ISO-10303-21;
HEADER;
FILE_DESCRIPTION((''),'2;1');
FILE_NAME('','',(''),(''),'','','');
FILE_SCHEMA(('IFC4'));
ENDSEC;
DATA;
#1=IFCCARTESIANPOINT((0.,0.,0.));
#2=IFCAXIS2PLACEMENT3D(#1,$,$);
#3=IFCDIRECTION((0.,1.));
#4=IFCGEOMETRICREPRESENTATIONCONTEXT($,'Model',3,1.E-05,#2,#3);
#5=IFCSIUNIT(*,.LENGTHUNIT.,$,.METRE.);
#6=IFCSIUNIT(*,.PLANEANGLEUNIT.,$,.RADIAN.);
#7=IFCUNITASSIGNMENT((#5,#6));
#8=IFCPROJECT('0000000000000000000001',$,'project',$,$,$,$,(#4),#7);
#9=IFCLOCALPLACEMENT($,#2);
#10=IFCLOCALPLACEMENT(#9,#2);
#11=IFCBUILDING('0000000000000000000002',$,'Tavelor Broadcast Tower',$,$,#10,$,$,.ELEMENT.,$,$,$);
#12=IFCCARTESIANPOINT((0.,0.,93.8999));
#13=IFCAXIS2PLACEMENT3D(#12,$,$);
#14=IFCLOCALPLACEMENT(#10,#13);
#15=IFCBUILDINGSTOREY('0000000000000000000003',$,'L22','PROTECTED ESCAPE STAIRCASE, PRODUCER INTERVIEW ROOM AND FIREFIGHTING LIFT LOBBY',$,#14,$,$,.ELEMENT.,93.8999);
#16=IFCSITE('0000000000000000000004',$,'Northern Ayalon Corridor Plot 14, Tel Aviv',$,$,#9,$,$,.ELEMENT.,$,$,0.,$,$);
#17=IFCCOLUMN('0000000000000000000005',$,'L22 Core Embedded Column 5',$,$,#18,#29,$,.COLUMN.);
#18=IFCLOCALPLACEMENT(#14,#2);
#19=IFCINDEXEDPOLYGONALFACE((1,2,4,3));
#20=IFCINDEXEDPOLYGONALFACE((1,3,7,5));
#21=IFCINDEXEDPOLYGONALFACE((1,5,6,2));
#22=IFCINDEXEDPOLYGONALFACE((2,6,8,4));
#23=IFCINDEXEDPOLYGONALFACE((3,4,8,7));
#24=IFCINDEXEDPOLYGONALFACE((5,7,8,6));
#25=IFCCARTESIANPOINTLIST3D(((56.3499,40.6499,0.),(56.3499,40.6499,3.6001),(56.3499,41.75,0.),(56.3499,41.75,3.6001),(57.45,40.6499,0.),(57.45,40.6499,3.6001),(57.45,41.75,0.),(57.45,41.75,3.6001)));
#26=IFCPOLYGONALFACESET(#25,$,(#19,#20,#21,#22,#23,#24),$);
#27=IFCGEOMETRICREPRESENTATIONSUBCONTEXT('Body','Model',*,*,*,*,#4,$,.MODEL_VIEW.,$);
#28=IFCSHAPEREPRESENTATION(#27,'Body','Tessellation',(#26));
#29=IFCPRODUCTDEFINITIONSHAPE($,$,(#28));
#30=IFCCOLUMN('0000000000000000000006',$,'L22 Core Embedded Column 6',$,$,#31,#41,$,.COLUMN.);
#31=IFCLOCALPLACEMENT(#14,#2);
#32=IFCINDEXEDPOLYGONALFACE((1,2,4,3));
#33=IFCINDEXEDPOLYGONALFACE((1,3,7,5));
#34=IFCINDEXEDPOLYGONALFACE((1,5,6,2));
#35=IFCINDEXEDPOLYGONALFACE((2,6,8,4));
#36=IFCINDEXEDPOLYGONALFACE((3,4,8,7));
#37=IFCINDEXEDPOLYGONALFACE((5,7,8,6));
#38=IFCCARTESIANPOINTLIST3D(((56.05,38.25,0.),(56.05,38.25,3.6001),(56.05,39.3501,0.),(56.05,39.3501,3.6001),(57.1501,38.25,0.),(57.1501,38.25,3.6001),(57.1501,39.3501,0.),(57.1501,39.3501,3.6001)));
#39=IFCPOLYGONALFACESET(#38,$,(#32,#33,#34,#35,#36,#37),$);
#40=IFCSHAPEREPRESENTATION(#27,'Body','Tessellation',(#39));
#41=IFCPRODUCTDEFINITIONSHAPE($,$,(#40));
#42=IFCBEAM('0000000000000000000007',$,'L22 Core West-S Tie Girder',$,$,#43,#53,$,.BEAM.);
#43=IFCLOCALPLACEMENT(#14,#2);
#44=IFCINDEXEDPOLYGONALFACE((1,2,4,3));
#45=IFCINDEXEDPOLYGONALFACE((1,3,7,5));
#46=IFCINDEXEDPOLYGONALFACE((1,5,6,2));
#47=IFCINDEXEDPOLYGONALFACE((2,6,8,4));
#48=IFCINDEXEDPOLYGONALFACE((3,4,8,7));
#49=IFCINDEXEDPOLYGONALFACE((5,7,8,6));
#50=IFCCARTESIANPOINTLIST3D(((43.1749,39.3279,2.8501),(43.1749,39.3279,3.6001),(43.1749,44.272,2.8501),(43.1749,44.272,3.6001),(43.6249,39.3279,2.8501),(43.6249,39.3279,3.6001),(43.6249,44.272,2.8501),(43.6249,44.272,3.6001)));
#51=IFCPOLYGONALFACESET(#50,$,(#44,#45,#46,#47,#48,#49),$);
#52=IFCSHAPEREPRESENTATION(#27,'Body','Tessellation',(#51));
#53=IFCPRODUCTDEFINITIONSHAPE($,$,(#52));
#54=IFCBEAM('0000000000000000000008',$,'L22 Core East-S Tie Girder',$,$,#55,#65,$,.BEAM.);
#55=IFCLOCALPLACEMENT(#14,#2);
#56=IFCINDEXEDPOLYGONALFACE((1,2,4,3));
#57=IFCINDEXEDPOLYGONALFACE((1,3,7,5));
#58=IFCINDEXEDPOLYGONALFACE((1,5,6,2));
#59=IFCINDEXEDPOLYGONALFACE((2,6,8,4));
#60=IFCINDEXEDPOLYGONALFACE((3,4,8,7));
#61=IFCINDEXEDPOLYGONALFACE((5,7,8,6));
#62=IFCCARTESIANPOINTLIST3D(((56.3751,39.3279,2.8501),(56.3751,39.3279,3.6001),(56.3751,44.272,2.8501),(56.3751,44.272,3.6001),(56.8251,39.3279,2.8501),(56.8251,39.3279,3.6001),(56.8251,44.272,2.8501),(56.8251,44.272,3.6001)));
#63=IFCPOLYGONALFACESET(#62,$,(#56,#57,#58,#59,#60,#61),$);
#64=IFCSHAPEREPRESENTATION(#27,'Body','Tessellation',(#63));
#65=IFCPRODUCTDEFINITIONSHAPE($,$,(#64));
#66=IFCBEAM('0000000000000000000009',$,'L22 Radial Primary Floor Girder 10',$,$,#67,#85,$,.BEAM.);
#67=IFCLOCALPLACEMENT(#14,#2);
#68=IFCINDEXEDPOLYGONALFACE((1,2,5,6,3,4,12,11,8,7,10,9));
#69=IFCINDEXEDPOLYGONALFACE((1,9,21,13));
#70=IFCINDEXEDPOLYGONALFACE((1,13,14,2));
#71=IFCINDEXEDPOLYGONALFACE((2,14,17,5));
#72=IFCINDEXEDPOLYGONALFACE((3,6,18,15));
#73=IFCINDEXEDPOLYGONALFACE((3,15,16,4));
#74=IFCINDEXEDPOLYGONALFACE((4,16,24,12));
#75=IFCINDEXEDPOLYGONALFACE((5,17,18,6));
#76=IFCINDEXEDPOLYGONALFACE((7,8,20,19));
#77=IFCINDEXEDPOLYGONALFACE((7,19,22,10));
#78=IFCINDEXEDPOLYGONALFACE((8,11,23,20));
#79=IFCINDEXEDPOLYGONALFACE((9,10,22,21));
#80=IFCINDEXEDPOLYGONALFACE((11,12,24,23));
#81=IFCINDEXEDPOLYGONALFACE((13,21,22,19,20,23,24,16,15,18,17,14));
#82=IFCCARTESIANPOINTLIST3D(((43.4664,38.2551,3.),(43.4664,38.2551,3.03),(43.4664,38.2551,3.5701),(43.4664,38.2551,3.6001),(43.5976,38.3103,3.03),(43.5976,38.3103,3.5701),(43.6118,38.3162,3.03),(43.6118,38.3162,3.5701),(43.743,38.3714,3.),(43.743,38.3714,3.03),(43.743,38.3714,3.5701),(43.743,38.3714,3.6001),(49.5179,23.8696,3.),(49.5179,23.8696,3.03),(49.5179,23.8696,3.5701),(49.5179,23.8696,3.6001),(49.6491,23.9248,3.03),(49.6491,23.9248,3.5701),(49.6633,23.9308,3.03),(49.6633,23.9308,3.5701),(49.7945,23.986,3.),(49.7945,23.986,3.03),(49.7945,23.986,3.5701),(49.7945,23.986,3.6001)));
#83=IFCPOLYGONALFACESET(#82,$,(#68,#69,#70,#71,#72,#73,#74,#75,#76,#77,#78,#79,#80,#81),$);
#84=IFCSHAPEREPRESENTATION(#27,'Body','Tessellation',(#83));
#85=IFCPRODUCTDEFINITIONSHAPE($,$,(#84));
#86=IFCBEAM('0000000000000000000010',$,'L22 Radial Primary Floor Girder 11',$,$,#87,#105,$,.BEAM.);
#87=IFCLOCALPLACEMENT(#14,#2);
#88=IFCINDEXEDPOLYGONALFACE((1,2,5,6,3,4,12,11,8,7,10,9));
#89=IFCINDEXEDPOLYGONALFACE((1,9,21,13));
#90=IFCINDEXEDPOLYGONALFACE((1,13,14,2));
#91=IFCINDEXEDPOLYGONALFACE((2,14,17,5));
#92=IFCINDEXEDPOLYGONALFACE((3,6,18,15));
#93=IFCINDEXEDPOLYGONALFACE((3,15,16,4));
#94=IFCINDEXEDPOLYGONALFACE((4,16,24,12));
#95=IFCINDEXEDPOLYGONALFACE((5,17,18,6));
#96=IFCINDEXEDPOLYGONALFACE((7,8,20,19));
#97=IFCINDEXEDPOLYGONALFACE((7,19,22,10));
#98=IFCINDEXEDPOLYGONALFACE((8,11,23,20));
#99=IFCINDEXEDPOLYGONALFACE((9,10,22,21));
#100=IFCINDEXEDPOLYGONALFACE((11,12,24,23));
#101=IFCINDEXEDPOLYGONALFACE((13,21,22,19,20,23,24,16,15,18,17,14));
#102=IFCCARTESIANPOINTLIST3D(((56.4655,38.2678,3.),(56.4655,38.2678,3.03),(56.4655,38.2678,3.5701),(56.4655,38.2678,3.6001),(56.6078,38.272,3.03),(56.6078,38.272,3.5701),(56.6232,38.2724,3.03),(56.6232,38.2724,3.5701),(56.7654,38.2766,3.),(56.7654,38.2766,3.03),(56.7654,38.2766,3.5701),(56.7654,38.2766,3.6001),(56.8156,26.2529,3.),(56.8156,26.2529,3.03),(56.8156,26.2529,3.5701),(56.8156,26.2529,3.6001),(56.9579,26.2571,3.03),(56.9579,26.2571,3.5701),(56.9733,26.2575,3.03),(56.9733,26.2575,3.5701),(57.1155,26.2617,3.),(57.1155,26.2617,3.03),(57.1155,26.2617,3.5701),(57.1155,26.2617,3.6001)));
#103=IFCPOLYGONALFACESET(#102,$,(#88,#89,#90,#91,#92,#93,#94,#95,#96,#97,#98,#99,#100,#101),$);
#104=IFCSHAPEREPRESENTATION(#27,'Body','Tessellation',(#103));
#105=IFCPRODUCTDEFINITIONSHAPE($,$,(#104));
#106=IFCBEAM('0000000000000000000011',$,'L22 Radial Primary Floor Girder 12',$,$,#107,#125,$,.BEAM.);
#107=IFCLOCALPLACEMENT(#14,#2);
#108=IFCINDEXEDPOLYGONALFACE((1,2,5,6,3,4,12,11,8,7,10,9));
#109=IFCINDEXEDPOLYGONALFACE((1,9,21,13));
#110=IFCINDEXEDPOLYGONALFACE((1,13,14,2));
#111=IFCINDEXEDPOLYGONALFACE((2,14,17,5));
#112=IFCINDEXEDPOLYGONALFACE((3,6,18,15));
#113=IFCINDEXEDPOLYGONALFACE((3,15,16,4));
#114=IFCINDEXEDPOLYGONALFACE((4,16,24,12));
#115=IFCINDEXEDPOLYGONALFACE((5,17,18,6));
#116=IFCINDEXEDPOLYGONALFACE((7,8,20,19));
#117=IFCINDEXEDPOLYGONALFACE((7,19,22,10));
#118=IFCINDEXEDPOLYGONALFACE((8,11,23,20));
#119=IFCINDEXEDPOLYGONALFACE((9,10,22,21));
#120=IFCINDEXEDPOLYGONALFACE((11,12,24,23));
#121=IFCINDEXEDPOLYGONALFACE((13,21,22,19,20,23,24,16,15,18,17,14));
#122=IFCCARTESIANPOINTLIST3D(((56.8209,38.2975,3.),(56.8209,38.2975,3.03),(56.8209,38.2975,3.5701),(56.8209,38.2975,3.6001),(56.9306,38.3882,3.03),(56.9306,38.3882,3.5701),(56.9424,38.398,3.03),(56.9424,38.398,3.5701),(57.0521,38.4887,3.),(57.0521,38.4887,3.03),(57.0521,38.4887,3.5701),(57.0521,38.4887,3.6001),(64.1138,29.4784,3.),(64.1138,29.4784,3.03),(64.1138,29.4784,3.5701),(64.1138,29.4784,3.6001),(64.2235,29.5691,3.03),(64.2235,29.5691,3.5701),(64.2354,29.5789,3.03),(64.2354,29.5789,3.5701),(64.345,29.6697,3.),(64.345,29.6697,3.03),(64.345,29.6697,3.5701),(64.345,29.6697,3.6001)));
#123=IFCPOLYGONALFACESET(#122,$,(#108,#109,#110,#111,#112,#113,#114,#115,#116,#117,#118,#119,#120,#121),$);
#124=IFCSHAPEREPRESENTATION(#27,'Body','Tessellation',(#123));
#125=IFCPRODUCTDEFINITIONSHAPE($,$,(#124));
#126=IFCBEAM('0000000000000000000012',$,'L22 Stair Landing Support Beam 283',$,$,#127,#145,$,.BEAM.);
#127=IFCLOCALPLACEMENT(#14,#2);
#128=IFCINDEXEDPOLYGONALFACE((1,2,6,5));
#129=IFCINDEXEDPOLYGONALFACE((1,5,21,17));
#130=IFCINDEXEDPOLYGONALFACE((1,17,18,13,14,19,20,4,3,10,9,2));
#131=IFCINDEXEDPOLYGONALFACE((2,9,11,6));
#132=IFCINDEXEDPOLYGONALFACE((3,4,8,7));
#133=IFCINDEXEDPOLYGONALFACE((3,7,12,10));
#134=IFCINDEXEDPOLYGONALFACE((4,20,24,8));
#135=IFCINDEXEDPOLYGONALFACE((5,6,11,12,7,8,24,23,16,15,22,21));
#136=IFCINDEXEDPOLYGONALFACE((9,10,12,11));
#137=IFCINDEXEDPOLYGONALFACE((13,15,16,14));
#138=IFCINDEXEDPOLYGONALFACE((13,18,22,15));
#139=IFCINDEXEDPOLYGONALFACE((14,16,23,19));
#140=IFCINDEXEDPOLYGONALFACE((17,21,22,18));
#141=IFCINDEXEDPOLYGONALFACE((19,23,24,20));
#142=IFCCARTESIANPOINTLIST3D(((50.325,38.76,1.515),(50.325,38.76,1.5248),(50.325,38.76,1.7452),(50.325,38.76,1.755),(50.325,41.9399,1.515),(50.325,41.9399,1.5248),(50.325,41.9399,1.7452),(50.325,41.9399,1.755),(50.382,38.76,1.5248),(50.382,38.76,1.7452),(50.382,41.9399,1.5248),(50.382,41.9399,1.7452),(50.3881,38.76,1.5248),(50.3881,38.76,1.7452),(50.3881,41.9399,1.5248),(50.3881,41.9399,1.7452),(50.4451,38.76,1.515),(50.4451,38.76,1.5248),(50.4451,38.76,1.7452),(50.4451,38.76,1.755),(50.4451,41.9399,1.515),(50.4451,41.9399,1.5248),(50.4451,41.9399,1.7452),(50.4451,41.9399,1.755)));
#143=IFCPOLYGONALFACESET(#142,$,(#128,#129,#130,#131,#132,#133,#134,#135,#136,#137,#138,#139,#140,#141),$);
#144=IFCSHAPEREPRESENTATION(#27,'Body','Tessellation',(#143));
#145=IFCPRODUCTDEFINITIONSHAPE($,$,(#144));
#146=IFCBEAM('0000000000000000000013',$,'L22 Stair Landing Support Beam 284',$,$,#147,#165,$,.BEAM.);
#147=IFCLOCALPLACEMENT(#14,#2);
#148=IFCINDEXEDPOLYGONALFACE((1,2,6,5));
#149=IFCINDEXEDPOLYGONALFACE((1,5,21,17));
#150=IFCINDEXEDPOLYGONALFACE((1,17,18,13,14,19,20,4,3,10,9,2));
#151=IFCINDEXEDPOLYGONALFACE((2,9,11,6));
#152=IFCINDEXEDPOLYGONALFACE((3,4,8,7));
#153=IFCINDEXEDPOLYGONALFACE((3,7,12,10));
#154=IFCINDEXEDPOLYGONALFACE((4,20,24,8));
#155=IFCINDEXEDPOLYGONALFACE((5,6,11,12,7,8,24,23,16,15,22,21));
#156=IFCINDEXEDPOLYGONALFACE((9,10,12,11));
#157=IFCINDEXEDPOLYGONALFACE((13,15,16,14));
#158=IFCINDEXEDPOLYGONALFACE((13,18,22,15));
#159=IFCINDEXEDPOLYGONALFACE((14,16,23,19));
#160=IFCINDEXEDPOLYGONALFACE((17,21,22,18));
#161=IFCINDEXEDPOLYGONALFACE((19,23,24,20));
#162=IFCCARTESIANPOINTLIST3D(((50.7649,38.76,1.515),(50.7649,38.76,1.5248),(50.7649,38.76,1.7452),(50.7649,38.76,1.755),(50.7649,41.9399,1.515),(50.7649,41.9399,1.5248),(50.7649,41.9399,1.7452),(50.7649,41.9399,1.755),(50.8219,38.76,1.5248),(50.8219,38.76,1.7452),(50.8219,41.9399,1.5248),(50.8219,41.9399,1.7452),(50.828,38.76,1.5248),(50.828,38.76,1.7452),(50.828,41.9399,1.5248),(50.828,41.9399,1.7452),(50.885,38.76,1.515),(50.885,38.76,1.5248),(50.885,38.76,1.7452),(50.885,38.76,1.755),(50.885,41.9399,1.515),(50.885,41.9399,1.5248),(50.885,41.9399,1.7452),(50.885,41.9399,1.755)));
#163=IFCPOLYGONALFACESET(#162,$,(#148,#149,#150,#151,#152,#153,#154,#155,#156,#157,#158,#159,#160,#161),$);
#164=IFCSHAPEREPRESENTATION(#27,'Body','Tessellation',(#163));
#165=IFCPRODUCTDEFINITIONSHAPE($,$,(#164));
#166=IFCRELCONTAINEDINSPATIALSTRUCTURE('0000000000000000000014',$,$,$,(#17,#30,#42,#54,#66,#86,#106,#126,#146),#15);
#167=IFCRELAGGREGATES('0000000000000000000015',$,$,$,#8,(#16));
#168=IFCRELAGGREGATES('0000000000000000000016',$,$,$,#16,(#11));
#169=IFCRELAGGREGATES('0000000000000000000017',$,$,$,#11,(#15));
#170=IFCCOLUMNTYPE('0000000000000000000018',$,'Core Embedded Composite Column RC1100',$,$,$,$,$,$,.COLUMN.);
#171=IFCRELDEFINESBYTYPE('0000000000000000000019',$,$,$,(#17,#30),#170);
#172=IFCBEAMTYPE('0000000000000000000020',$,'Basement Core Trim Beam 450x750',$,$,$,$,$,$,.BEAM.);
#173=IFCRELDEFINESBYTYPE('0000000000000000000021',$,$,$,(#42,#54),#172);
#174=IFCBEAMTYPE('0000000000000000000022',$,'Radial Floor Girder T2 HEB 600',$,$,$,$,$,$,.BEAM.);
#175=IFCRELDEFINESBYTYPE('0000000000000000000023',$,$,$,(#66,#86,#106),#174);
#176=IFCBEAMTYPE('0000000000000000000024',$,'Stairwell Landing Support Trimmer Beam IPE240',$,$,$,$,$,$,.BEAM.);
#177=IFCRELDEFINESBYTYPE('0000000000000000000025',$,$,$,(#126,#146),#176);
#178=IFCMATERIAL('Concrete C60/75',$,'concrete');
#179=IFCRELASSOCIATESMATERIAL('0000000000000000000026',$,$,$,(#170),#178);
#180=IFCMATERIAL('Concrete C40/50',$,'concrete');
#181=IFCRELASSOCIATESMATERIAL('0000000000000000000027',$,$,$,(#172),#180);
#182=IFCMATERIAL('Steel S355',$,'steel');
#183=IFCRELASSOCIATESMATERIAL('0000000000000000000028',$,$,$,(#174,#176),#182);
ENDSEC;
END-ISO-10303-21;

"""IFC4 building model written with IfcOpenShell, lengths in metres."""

from ifc_helpers import new_model, si_unit, direction, frame, origin, origin_2d, place, context, subcontext, project, spatial, rectangle, i_section, extrude, material, material_profile, profile_set, type_object, element, save


model = new_model("IFC4")

# Units and contexts
model_context = context("Model", 3, precision=1e-05, world=origin(), true_north=direction((0.0, 1.0)))
body_context = subcontext(model_context, "Body", "Model", "MODEL_VIEW")
ifc_project = project(units=[si_unit("LENGTHUNIT", "METRE"), si_unit("PLANEANGLEUNIT", "RADIAN")], contexts=[model_context])

# Site, building, storey
site_placement = place(None, origin())
site = spatial("IfcSite", under=ifc_project, at=site_placement, Name="Northern Ayalon Corridor Plot 14, Tel Aviv", CompositionType="ELEMENT", RefElevation=0.0)
building_placement = place(site_placement, origin())
building = spatial("IfcBuilding", under=site, at=building_placement, Name="Tavelor Broadcast Tower", CompositionType="ELEMENT")
storey_placement = place(building_placement, frame((0.0, 0.0, 93.8999)))
storey = spatial("IfcBuildingStorey", under=building, at=storey_placement, Name="L22", Description="PROTECTED ESCAPE STAIRCASE, PRODUCER INTERVIEW ROOM AND FIREFIGHTING LIFT LOBBY", CompositionType="ELEMENT", Elevation=93.8999)

# Columns
ifc_material_1 = material(Name="Concrete C60/75", Category="concrete")
ifc_material_profile_1 = material_profile(ifc_material_1, rectangle(XDim=1.1001, YDim=1.1001, at=origin_2d()), Name="RC 1100x1100")
ifc_profile_set_1 = profile_set([ifc_material_profile_1], Name="Concrete C60/75")
column_type = type_object("IfcColumnType", Name="Core Embedded Composite Column RC1100", PredefinedType="COLUMN", material=ifc_profile_set_1)
for number, where, z_axis, x_axis, name in (
    (1, (56.8999, 41.2, 0.0), (0.0, 0.0, 1.0), (1.0, 0.0, 0.0), "L22 Core Embedded Column 5"),
    (2, (56.6001, 38.8, 0.0), (0.0, 0.0, 1.0), (1.0, 0.0, 0.0), "L22 Core Embedded Column 6"),
):
    element("IfcColumn", number, at=place(storey_placement, frame(where, z_axis=z_axis, x_axis=x_axis)), inside=storey, type_object=column_type, Name=name, PredefinedType="COLUMN", context=body_context, shape_type="SweptSolid", body=[
        extrude(rectangle(XDim=1.1001, YDim=1.1001, at=origin_2d()), origin(), (0.0, 0.0, 1.0), 3.6001),
    ])

# Beams
ifc_material_2 = material(Name="Concrete C40/50", Category="concrete")
ifc_material_profile_2 = material_profile(ifc_material_2, rectangle(XDim=0.45, YDim=0.75, at=origin_2d()), Name="RC 450x750")
ifc_profile_set_2 = profile_set([ifc_material_profile_2], Name="Concrete C40/50")
beam_type_1 = type_object("IfcBeamType", Name="Basement Core Trim Beam 450x750", PredefinedType="BEAM", material=ifc_profile_set_2)
for number, where, z_axis, x_axis, name in (
    (3, (43.3999, 39.3279, 3.2251), (0.0, 1.0, 0.0), (-1.0, 0.0, 0.0), "L22 Core West-S Tie Girder"),
    (4, (56.6001, 39.3279, 3.2251), (0.0, 1.0, 0.0), (-1.0, 0.0, 0.0), "L22 Core East-S Tie Girder"),
):
    element("IfcBeam", number, at=place(storey_placement, frame(where, z_axis=z_axis, x_axis=x_axis)), inside=storey, type_object=beam_type_1, Name=name, PredefinedType="BEAM", context=body_context, shape_type="SweptSolid", body=[
        extrude(rectangle(XDim=0.45, YDim=0.75, at=origin_2d()), origin(), (0.0, 0.0, 1.0), 4.9441),
    ])
ifc_material_3 = material(Name="Steel S355", Category="steel")
ifc_material_profile_3 = material_profile(ifc_material_3, i_section(OverallWidth=0.3, OverallDepth=0.6001, WebThickness=0.0154, FlangeThickness=0.03, at=origin_2d()), Name="HEB 600")
ifc_profile_set_3 = profile_set([ifc_material_profile_3], Name="Steel S355")
beam_type_2 = type_object("IfcBeamType", Name="Radial Floor Girder T2 HEB 600", PredefinedType="BEAM", material=ifc_profile_set_3)
beam_1_placement = place(storey_placement, frame((43.6047, 38.3132, 3.3), z_axis=(0.387756, -0.921762, 0.0), x_axis=(0.921762, 0.387756, 0.0)))
element("IfcBeam", 5, at=beam_1_placement, inside=storey, type_object=beam_type_2, Name="L22 Radial Primary Floor Girder 10", PredefinedType="BEAM", context=body_context, shape_type="SweptSolid", body=[
    extrude(i_section(OverallWidth=0.3, OverallDepth=0.6001, WebThickness=0.0154, FlangeThickness=0.03, at=origin_2d()), origin(), (0.0, 0.0, 1.0), 15.6064),
])
beam_2_placement = place(storey_placement, frame((56.6155, 38.2722, 3.3), z_axis=(0.029126, -0.999576, 0.0), x_axis=(0.999576, 0.029126, 0.0)))
element("IfcBeam", 6, at=beam_2_placement, inside=storey, type_object=beam_type_2, Name="L22 Radial Primary Floor Girder 11", PredefinedType="BEAM", context=body_context, shape_type="SweptSolid", body=[
    extrude(i_section(OverallWidth=0.3, OverallDepth=0.6001, WebThickness=0.0154, FlangeThickness=0.03, at=origin_2d()), origin(), (0.0, 0.0, 1.0), 12.02),
])
beam_3_placement = place(storey_placement, frame((56.9365, 38.3931, 3.3), z_axis=(0.637278, -0.770634, 0.0), x_axis=(0.770634, 0.637278, 0.0)))
element("IfcBeam", 7, at=beam_3_placement, inside=storey, type_object=beam_type_2, Name="L22 Radial Primary Floor Girder 12", PredefinedType="BEAM", context=body_context, shape_type="SweptSolid", body=[
    extrude(i_section(OverallWidth=0.3, OverallDepth=0.6001, WebThickness=0.0154, FlangeThickness=0.03, at=origin_2d()), origin(), (0.0, 0.0, 1.0), 11.4438),
])
ifc_material_profile_4 = material_profile(ifc_material_3, i_section(OverallWidth=0.1201, OverallDepth=0.24, WebThickness=0.0061, FlangeThickness=0.0098, at=origin_2d()), Name="IPE 240")
ifc_profile_set_4 = profile_set([ifc_material_profile_4], Name="Steel S355")
beam_type_3 = type_object("IfcBeamType", Name="Stairwell Landing Support Trimmer Beam IPE240", PredefinedType="BEAM", material=ifc_profile_set_4)
for number, where, z_axis, x_axis, name in (
    (8, (50.385, 38.76, 1.635), (0.0, 1.0, 0.0), (-1.0, 0.0, 0.0), "L22 Stair Landing Support Beam 283"),
    (9, (50.825, 38.76, 1.635), (0.0, 1.0, 0.0), (-1.0, 0.0, 0.0), "L22 Stair Landing Support Beam 284"),
):
    element("IfcBeam", number, at=place(storey_placement, frame(where, z_axis=z_axis, x_axis=x_axis)), inside=storey, type_object=beam_type_3, Name=name, PredefinedType="BEAM", context=body_context, shape_type="SweptSolid", body=[
        extrude(i_section(OverallWidth=0.1201, OverallDepth=0.24, WebThickness=0.0061, FlangeThickness=0.0098, at=origin_2d()), origin(), (0.0, 0.0, 1.0), 3.1799),
    ])

save(model, "model.ifc")
